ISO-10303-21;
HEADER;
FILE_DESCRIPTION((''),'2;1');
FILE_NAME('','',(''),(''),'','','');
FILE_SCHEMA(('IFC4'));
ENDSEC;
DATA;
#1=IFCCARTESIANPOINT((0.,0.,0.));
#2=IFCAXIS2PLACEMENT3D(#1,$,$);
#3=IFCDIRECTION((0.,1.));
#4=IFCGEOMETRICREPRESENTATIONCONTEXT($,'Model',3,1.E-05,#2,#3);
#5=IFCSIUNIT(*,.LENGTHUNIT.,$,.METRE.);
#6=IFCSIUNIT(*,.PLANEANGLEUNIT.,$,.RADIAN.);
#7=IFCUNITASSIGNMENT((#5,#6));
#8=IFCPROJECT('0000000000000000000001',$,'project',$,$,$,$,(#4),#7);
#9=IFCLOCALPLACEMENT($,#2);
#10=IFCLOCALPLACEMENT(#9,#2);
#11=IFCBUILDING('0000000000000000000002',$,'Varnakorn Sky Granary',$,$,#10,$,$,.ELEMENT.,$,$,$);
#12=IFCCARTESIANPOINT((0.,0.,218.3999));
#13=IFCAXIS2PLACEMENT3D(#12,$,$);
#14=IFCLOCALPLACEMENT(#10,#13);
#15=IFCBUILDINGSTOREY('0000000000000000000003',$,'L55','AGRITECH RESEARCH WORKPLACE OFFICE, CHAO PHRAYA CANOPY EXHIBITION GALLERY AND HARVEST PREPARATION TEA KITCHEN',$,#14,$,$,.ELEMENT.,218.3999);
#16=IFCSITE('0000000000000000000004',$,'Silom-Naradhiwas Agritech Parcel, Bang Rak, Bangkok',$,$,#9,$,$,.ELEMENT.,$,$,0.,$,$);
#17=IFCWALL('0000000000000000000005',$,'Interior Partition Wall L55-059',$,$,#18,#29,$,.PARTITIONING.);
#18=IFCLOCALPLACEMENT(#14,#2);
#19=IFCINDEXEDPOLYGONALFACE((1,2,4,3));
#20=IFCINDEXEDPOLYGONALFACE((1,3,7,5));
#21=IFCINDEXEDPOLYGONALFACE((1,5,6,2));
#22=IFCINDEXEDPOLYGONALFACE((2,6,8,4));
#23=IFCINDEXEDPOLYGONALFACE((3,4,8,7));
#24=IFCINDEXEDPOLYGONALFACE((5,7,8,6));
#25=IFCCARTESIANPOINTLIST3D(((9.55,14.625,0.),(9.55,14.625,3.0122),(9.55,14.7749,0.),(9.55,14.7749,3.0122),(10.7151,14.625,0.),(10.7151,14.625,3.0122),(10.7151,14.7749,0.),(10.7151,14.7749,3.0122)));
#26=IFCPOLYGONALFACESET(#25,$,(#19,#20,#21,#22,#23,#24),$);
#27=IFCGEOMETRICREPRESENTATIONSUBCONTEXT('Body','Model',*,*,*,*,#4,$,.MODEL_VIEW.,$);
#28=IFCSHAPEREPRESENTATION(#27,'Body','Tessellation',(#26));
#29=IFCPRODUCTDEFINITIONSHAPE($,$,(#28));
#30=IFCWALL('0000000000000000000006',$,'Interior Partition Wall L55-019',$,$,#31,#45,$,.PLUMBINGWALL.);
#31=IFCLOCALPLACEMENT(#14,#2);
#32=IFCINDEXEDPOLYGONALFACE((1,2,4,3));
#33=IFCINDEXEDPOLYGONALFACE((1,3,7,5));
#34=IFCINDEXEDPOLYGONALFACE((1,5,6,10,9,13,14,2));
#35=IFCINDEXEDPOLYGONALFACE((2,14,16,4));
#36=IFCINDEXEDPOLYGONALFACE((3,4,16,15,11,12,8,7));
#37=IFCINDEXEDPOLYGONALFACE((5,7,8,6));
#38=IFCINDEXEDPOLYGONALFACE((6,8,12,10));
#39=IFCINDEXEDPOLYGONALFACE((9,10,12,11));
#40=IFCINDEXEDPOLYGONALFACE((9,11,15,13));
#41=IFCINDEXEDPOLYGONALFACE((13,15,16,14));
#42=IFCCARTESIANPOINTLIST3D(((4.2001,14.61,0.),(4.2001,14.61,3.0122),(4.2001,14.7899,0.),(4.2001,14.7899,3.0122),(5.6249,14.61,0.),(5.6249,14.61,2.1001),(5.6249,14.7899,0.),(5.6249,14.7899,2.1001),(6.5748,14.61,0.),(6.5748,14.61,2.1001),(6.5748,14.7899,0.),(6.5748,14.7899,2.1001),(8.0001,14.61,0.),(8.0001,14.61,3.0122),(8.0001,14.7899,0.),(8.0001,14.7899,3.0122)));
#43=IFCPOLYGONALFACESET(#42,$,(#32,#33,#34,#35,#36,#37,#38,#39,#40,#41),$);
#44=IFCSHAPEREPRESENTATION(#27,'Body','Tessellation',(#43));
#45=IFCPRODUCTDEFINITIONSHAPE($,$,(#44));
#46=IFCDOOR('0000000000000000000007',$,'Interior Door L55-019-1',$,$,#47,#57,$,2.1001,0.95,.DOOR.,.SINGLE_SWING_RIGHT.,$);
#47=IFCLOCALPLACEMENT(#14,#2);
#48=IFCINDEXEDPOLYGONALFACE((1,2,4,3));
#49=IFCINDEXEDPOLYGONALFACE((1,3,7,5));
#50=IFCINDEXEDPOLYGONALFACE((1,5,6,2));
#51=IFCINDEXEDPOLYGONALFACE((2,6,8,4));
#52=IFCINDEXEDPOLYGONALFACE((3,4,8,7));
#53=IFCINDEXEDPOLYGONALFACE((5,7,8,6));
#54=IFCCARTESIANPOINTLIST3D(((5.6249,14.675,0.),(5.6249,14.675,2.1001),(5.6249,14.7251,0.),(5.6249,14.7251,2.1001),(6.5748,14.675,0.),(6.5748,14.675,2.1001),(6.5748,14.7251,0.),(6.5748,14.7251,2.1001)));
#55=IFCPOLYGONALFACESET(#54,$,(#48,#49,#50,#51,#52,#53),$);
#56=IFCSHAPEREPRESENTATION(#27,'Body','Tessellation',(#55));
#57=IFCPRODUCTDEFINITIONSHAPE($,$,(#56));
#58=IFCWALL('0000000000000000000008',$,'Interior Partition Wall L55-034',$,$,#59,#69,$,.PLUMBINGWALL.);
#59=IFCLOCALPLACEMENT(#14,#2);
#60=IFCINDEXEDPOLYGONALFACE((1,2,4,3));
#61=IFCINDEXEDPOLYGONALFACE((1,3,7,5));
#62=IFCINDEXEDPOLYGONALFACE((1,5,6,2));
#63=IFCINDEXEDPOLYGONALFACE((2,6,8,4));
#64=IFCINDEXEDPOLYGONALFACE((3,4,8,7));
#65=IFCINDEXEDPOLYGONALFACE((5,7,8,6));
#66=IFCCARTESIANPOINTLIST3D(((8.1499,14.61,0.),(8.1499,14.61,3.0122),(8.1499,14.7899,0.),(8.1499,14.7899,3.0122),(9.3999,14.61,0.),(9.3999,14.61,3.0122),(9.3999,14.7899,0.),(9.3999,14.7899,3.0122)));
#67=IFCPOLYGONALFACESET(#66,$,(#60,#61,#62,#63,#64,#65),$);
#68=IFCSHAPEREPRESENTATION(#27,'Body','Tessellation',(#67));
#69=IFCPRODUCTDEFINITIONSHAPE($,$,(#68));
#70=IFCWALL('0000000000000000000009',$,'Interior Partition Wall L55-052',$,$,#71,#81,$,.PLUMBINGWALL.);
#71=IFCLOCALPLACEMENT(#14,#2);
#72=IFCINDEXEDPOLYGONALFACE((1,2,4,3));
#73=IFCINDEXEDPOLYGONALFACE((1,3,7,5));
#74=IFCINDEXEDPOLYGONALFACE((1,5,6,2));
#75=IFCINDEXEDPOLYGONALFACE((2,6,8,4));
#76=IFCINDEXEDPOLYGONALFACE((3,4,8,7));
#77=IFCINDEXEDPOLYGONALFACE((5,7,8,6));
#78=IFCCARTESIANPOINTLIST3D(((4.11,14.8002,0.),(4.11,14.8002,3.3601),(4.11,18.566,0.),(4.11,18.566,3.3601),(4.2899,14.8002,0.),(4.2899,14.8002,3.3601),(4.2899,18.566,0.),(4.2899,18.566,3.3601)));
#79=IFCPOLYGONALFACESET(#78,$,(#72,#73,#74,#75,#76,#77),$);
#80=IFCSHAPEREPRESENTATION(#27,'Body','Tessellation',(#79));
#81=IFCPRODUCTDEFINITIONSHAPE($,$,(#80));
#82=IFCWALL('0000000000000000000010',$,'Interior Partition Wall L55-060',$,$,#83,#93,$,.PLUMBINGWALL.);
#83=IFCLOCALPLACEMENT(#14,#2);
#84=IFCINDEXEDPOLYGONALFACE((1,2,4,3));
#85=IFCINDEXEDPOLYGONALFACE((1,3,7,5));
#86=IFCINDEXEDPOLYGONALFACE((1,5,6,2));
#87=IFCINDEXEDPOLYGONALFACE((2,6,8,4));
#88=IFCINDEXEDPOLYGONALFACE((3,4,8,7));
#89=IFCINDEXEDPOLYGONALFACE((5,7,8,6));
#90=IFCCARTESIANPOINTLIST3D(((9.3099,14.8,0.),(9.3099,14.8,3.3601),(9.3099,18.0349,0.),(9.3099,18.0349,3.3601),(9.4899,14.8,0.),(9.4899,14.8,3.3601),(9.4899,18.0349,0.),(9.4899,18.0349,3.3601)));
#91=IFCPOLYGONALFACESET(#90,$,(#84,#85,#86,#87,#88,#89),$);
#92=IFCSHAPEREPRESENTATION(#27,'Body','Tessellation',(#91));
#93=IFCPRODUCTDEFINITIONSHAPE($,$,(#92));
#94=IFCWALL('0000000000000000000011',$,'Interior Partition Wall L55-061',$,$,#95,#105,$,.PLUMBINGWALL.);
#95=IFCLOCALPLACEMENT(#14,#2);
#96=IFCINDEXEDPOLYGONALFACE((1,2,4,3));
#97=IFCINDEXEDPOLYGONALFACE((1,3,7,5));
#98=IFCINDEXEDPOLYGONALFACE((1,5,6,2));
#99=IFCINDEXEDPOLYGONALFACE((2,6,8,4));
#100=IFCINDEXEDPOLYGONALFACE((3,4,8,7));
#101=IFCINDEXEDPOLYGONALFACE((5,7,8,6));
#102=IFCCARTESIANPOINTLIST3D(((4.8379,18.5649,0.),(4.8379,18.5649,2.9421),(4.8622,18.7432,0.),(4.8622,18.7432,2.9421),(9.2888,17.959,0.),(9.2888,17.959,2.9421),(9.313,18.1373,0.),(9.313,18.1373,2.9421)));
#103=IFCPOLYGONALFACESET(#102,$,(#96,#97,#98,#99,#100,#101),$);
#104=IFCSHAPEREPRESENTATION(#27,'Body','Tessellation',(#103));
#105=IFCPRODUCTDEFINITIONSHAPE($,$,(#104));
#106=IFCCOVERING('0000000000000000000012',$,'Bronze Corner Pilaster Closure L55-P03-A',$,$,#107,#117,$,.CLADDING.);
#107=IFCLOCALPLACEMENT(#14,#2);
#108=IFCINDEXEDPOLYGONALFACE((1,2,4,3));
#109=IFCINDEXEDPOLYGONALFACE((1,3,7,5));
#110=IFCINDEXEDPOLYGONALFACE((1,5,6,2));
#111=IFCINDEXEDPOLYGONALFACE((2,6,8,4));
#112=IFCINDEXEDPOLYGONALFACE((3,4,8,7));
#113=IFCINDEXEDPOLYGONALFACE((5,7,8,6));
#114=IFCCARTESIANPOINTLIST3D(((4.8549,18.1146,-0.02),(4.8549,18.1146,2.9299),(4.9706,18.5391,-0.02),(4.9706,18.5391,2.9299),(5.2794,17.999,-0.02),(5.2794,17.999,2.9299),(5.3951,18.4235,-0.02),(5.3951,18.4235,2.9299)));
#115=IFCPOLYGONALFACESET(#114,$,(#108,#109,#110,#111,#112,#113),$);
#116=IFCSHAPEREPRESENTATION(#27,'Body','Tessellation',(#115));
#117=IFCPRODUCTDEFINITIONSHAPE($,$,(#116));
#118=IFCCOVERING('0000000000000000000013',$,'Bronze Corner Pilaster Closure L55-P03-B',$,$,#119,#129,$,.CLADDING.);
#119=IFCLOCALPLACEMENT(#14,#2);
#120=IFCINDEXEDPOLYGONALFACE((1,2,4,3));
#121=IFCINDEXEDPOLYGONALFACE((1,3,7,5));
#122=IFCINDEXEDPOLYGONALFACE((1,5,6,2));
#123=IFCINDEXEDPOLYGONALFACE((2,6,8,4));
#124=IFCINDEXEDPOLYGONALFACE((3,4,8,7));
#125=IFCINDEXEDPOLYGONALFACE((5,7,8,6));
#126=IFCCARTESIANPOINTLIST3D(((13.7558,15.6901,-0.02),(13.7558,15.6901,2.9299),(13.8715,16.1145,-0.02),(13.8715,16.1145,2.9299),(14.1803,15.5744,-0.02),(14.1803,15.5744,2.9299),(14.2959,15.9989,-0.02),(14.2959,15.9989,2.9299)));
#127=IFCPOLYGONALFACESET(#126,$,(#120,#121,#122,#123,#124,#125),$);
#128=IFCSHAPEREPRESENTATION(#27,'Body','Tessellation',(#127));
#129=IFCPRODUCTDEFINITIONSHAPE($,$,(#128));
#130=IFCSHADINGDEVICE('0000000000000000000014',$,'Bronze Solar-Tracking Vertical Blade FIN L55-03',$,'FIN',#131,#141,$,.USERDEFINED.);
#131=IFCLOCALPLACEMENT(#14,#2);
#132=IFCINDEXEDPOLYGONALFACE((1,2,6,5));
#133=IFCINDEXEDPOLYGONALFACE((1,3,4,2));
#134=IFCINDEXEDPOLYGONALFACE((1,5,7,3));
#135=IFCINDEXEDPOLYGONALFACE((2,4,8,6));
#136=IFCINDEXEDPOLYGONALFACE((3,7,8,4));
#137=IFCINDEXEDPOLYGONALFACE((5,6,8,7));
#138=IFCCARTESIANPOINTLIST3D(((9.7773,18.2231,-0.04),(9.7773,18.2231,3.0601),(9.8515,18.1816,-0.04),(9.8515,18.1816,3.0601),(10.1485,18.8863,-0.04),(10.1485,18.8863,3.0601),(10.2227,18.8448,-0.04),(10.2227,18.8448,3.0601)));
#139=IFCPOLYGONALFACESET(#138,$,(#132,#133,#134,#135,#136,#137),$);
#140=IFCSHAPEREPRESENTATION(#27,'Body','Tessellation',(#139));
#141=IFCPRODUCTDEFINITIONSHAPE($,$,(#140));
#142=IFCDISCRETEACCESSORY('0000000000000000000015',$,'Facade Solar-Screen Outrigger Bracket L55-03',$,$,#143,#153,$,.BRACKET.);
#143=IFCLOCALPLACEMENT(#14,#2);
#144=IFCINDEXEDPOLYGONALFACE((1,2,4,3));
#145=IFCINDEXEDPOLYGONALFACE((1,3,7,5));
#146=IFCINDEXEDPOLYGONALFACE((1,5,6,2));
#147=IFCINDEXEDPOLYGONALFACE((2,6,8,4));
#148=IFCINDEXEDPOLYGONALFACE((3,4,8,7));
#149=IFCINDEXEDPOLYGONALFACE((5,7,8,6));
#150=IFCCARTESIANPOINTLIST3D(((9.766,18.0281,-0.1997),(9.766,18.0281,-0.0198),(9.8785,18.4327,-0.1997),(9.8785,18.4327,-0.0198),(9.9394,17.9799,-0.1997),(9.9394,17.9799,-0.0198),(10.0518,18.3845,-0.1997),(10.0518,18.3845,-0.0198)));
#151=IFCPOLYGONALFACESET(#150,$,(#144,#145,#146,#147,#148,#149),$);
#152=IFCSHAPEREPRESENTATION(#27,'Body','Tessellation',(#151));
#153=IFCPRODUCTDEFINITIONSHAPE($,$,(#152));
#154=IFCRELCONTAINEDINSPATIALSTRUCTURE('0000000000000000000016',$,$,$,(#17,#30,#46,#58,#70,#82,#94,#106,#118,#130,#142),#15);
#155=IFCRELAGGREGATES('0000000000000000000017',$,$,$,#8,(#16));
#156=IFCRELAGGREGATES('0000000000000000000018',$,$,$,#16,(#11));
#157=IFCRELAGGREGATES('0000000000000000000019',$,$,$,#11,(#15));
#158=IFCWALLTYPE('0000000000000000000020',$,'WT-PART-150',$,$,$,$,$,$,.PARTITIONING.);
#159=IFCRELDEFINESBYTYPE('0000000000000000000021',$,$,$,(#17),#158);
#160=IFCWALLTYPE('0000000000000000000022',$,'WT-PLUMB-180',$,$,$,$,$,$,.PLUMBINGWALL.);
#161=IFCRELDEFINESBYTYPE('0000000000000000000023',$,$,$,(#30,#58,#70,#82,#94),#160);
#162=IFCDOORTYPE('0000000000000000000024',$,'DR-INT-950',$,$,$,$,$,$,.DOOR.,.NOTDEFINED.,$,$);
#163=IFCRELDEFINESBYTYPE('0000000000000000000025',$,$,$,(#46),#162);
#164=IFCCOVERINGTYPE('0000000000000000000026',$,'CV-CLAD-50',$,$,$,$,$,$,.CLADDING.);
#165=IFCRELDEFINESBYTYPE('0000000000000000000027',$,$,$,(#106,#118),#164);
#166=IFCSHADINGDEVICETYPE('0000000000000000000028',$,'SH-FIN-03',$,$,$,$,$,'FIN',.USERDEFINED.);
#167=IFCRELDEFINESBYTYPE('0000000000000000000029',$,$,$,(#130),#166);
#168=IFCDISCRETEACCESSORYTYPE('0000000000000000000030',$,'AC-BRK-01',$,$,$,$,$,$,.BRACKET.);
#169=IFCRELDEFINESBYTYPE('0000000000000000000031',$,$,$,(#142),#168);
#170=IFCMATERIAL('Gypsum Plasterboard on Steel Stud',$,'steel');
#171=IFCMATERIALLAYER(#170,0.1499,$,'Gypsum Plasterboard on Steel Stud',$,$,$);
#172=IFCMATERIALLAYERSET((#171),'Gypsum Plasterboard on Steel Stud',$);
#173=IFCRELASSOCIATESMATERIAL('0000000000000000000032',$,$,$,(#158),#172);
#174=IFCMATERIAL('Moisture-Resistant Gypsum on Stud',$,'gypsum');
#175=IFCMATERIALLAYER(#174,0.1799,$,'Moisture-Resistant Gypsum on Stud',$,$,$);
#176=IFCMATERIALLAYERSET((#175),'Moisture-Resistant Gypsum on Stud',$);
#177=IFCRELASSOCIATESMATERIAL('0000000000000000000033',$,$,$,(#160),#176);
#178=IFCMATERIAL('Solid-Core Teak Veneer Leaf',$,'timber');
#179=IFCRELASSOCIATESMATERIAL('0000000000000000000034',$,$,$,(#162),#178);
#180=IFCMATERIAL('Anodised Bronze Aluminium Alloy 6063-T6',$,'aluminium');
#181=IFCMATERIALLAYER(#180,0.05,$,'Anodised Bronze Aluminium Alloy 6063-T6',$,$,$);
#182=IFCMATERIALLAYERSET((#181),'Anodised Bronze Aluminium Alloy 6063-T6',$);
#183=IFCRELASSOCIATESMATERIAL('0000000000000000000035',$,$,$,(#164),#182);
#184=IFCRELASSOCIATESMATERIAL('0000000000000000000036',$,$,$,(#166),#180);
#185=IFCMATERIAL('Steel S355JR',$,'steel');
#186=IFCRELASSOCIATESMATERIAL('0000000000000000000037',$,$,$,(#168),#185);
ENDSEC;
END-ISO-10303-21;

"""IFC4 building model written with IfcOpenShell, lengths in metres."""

from ifc_helpers import new_model, si_unit, direction, frame, frame_2d, origin, origin_2d, place, context, subcontext, project, spatial, rectangle, extrude, source, transform, mapped, material, layer, layer_set, type_object, type_shapes, element, fill, save


model = new_model("IFC4")

# Units and contexts
model_context = context("Model", 3, precision=1e-05, world=origin(), true_north=direction((0.0, 1.0)))
body_context = subcontext(model_context, "Body", "Model", "MODEL_VIEW")
ifc_project = project(units=[si_unit("LENGTHUNIT", "METRE"), si_unit("PLANEANGLEUNIT", "RADIAN")], contexts=[model_context])

# Site, building, storey
site_placement = place(None, origin())
site = spatial("IfcSite", under=ifc_project, at=site_placement, Name="Silom-Naradhiwas Agritech Parcel, Bang Rak, Bangkok", CompositionType="ELEMENT", RefElevation=0.0)
building_placement = place(site_placement, origin())
building = spatial("IfcBuilding", under=site, at=building_placement, Name="Varnakorn Sky Granary", CompositionType="ELEMENT")
storey_placement = place(building_placement, frame((0.0, 0.0, 218.3999)))
storey = spatial("IfcBuildingStorey", under=building, at=storey_placement, Name="L55", Description="AGRITECH RESEARCH WORKPLACE OFFICE, CHAO PHRAYA CANOPY EXHIBITION GALLERY AND HARVEST PREPARATION TEA KITCHEN", CompositionType="ELEMENT", Elevation=218.3999)

# Shared definitions
ifc_material_1 = material(Name="Steel S355JR", Category="steel")

# Shared definitions
ifc_material_2 = material(Name="Anodised Bronze Aluminium Alloy 6063-T6", Category="aluminium")

# Wall
ifc_material_3 = material(Name="Gypsum Plasterboard on Steel Stud", Category="steel")
ifc_layer_1 = layer(ifc_material_3, 0.1499, Name="Gypsum Plasterboard on Steel Stud")
ifc_layer_set_1 = layer_set([ifc_layer_1], Name="Gypsum Plasterboard on Steel Stud")
wall_type_1 = type_object("IfcWallType", Name="WT-PART-150", PredefinedType="PARTITIONING", material=ifc_layer_set_1)
wall_1_placement = place(storey_placement, frame((10.7151, 14.7, 0.0), z_axis=(0.0, 0.0, 1.0), x_axis=(-1.0, 0.0, 0.0)))
element("IfcWall", 1, at=wall_1_placement, inside=storey, type_object=wall_type_1, Name="Interior Partition Wall L55-059", PredefinedType="PARTITIONING", context=body_context, shape_type="SweptSolid", body=[
    extrude(rectangle(XDim=1.165, YDim=0.1499, at=frame_2d((0.5825, 0.0))), origin(), (0.0, 0.0, 1.0), 3.0122),
])

# Wall, opening, door
ifc_material_4 = material(Name="Moisture-Resistant Gypsum on Stud", Category="gypsum")
ifc_layer_2 = layer(ifc_material_4, 0.1799, Name="Moisture-Resistant Gypsum on Stud")
ifc_layer_set_2 = layer_set([ifc_layer_2], Name="Moisture-Resistant Gypsum on Stud")
wall_type_2 = type_object("IfcWallType", Name="WT-PLUMB-180", PredefinedType="PLUMBINGWALL", material=ifc_layer_set_2)
wall_2_placement = place(storey_placement, frame((8.0, 14.7, 0.0), z_axis=(0.0, 0.0, 1.0), x_axis=(-1.0, 0.0, 0.0)))
wall_2 = element("IfcWall", 2, at=wall_2_placement, inside=storey, type_object=wall_type_2, Name="Interior Partition Wall L55-019", PredefinedType="PLUMBINGWALL", context=body_context, shape_type="SweptSolid", body=[
    extrude(rectangle(XDim=3.8, YDim=0.1799, at=frame_2d((1.8999, 0.0))), origin(), (0.0, 0.0, 1.0), 3.0122),
])
opening_placement = place(wall_2_placement, frame((1.425, 0.0, 0.0)))
opening = element("IfcOpeningElement", 3, at=opening_placement, cuts=wall_2, PredefinedType="OPENING", context=body_context, shape_type="SweptSolid", body=[
    extrude(rectangle(XDim=0.95, YDim=2.1001, at=frame_2d((0.4751, 1.05))), frame((0.0, 0.1001, 0.0), z_axis=(0.0, -1.0, 0.0), x_axis=(1.0, 0.0, 0.0)), (0.0, 0.0, 1.0), 0.2),
])
ifc_material_5 = material(Name="Solid-Core Teak Veneer Leaf", Category="timber")
door_type = type_object("IfcDoorType", Name="DR-INT-950", OperationType="NOTDEFINED", PredefinedType="DOOR", material=ifc_material_5)
door_placement = place(opening_placement, origin())
door = element("IfcDoor", 4, at=door_placement, inside=storey, type_object=door_type, Name="Interior Door L55-019-1", OperationType="SINGLE_SWING_RIGHT", OverallHeight=2.1001, OverallWidth=0.95, PredefinedType="DOOR", context=body_context, shape_type="SweptSolid", body=[
    extrude(rectangle(XDim=0.95, YDim=2.1001, at=frame_2d((0.4751, 1.05))), frame((0.0, 0.0249, 0.0), z_axis=(0.0, -1.0, 0.0), x_axis=(1.0, 0.0, 0.0)), (0.0, 0.0, 1.0), 0.05),
])
fill(opening, door)

# Walls
wall_3_placement = place(storey_placement, frame((9.3999, 14.7, 0.0), z_axis=(0.0, 0.0, 1.0), x_axis=(-1.0, 0.0, 0.0)))
element("IfcWall", 5, at=wall_3_placement, inside=storey, type_object=wall_type_2, Name="Interior Partition Wall L55-034", PredefinedType="PLUMBINGWALL", context=body_context, shape_type="SweptSolid", body=[
    extrude(rectangle(XDim=1.25, YDim=0.1799, at=frame_2d((0.625, 0.0))), origin(), (0.0, 0.0, 1.0), 3.0122),
])
wall_4_placement = place(storey_placement, frame((4.2, 18.5659, 0.0), z_axis=(0.0, 0.0, 1.0), x_axis=(0.0, -1.0, 0.0)))
element("IfcWall", 6, at=wall_4_placement, inside=storey, type_object=wall_type_2, Name="Interior Partition Wall L55-052", PredefinedType="PLUMBINGWALL", context=body_context, shape_type="SweptSolid", body=[
    extrude(rectangle(XDim=3.7659, YDim=0.1799, at=frame_2d((1.8828, 0.0))), origin(), (0.0, 0.0, 1.0), 3.3601),
])
wall_5_placement = place(storey_placement, frame((9.3999, 14.8, 0.0), z_axis=(0.0, 0.0, 1.0), x_axis=(0.0, 1.0, 0.0)))
element("IfcWall", 7, at=wall_5_placement, inside=storey, type_object=wall_type_2, Name="Interior Partition Wall L55-060", PredefinedType="PLUMBINGWALL", context=body_context, shape_type="SweptSolid", body=[
    extrude(rectangle(XDim=3.2349, YDim=0.1799, at=frame_2d((1.6174, 0.0))), origin(), (0.0, 0.0, 1.0), 3.3601),
])
wall_6_placement = place(storey_placement, frame((9.301, 18.0481, 0.0), z_axis=(0.0, 0.0, 1.0), x_axis=(-0.99086, 0.134897, 0.0)))
element("IfcWall", 8, at=wall_6_placement, inside=storey, type_object=wall_type_2, Name="Interior Partition Wall L55-061", PredefinedType="PLUMBINGWALL", context=body_context, shape_type="SweptSolid", body=[
    extrude(rectangle(XDim=4.4919, YDim=0.1799, at=frame_2d((2.2461, 0.0))), origin(), (0.0, 0.0, 1.0), 2.9421),
])

# Coverings
ifc_layer_3 = layer(ifc_material_2, 0.05, Name="Anodised Bronze Aluminium Alloy 6063-T6")
ifc_layer_set_3 = layer_set([ifc_layer_3], Name="Anodised Bronze Aluminium Alloy 6063-T6")
covering_type = type_object("IfcCoveringType", Name="CV-CLAD-50", PredefinedType="CLADDING", material=ifc_layer_set_3)
shared_shape_1 = source(origin(), body_context, "Body", "SweptSolid", [
    extrude(rectangle(XDim=0.4399, YDim=0.4399, at=origin_2d()), origin(), (0.0, 0.0, 1.0), 2.95),
])
type_shapes(covering_type, [shared_shape_1])
for number, where, z_axis, x_axis, name in (
    (9, (5.125, 18.269, -0.02), (0.0, 0.0, 1.0), (0.964833, -0.262863, 0.0), "Bronze Corner Pilaster Closure L55-P03-A"),
    (10, (14.0259, 15.8445, -0.02), (0.0, 0.0, 1.0), (0.964833, -0.262863, 0.0), "Bronze Corner Pilaster Closure L55-P03-B"),
):
    element("IfcCovering", number, at=place(storey_placement, frame(where, z_axis=z_axis, x_axis=x_axis)), inside=storey, type_object=covering_type, Name=name, PredefinedType="CLADDING", context=body_context, shape_type="MappedRepresentation", body=[
        mapped(shared_shape_1, transform((0.0, 0.0, 0.0), x_axis=(1.0, 0.0, 0.0), y_axis=(0.0, 1.0, 0.0), z_axis=(0.0, 0.0, 1.0), scale=1.0)),
    ])

# Shading device
shading_device_type = type_object("IfcShadingDeviceType", Name="SH-FIN-03", ElementType="FIN", PredefinedType="USERDEFINED", material=ifc_material_2)
shared_shape_2 = source(origin(), body_context, "Body", "SweptSolid", [
    extrude(rectangle(XDim=0.085, YDim=0.76, at=origin_2d()), origin(), (0.0, 0.0, 1.0), 3.1001),
])
type_shapes(shading_device_type, [shared_shape_2])
shading_device_placement = place(storey_placement, frame((10.0, 18.5339, -0.04), z_axis=(0.0, 0.0, 1.0), x_axis=(-0.872623, 0.488395, 0.0)))
element("IfcShadingDevice", 11, at=shading_device_placement, inside=storey, type_object=shading_device_type, Name="Bronze Solar-Tracking Vertical Blade FIN L55-03", ObjectType="FIN", PredefinedType="USERDEFINED", context=body_context, shape_type="MappedRepresentation", body=[
    mapped(shared_shape_2, transform((0.0, 0.0, 0.0), x_axis=(1.0, 0.0, 0.0), y_axis=(0.0, 1.0, 0.0), z_axis=(0.0, 0.0, 1.0), scale=1.0)),
])

# Discrete accessory
discrete_accessory_type = type_object("IfcDiscreteAccessoryType", Name="AC-BRK-01", PredefinedType="BRACKET", material=ifc_material_1)
shared_shape_3 = source(origin(), body_context, "Body", "SweptSolid", [
    extrude(rectangle(XDim=0.1799, YDim=0.4199, at=origin_2d()), origin(), (0.0, 0.0, 1.0), 0.1799),
])
type_shapes(discrete_accessory_type, [shared_shape_3])
discrete_accessory_placement = place(storey_placement, frame((9.9089, 18.2063, -0.1997), z_axis=(0.0, 0.0, 1.0), x_axis=(-0.963496, 0.267722, 0.0)))
element("IfcDiscreteAccessory", 12, at=discrete_accessory_placement, inside=storey, type_object=discrete_accessory_type, Name="Facade Solar-Screen Outrigger Bracket L55-03", PredefinedType="BRACKET", context=body_context, shape_type="MappedRepresentation", body=[
    mapped(shared_shape_3, transform((0.0, 0.0, 0.0), x_axis=(1.0, 0.0, 0.0), y_axis=(0.0, 1.0, 0.0), z_axis=(0.0, 0.0, 1.0), scale=1.0)),
])

save(model, "model.ifc")
